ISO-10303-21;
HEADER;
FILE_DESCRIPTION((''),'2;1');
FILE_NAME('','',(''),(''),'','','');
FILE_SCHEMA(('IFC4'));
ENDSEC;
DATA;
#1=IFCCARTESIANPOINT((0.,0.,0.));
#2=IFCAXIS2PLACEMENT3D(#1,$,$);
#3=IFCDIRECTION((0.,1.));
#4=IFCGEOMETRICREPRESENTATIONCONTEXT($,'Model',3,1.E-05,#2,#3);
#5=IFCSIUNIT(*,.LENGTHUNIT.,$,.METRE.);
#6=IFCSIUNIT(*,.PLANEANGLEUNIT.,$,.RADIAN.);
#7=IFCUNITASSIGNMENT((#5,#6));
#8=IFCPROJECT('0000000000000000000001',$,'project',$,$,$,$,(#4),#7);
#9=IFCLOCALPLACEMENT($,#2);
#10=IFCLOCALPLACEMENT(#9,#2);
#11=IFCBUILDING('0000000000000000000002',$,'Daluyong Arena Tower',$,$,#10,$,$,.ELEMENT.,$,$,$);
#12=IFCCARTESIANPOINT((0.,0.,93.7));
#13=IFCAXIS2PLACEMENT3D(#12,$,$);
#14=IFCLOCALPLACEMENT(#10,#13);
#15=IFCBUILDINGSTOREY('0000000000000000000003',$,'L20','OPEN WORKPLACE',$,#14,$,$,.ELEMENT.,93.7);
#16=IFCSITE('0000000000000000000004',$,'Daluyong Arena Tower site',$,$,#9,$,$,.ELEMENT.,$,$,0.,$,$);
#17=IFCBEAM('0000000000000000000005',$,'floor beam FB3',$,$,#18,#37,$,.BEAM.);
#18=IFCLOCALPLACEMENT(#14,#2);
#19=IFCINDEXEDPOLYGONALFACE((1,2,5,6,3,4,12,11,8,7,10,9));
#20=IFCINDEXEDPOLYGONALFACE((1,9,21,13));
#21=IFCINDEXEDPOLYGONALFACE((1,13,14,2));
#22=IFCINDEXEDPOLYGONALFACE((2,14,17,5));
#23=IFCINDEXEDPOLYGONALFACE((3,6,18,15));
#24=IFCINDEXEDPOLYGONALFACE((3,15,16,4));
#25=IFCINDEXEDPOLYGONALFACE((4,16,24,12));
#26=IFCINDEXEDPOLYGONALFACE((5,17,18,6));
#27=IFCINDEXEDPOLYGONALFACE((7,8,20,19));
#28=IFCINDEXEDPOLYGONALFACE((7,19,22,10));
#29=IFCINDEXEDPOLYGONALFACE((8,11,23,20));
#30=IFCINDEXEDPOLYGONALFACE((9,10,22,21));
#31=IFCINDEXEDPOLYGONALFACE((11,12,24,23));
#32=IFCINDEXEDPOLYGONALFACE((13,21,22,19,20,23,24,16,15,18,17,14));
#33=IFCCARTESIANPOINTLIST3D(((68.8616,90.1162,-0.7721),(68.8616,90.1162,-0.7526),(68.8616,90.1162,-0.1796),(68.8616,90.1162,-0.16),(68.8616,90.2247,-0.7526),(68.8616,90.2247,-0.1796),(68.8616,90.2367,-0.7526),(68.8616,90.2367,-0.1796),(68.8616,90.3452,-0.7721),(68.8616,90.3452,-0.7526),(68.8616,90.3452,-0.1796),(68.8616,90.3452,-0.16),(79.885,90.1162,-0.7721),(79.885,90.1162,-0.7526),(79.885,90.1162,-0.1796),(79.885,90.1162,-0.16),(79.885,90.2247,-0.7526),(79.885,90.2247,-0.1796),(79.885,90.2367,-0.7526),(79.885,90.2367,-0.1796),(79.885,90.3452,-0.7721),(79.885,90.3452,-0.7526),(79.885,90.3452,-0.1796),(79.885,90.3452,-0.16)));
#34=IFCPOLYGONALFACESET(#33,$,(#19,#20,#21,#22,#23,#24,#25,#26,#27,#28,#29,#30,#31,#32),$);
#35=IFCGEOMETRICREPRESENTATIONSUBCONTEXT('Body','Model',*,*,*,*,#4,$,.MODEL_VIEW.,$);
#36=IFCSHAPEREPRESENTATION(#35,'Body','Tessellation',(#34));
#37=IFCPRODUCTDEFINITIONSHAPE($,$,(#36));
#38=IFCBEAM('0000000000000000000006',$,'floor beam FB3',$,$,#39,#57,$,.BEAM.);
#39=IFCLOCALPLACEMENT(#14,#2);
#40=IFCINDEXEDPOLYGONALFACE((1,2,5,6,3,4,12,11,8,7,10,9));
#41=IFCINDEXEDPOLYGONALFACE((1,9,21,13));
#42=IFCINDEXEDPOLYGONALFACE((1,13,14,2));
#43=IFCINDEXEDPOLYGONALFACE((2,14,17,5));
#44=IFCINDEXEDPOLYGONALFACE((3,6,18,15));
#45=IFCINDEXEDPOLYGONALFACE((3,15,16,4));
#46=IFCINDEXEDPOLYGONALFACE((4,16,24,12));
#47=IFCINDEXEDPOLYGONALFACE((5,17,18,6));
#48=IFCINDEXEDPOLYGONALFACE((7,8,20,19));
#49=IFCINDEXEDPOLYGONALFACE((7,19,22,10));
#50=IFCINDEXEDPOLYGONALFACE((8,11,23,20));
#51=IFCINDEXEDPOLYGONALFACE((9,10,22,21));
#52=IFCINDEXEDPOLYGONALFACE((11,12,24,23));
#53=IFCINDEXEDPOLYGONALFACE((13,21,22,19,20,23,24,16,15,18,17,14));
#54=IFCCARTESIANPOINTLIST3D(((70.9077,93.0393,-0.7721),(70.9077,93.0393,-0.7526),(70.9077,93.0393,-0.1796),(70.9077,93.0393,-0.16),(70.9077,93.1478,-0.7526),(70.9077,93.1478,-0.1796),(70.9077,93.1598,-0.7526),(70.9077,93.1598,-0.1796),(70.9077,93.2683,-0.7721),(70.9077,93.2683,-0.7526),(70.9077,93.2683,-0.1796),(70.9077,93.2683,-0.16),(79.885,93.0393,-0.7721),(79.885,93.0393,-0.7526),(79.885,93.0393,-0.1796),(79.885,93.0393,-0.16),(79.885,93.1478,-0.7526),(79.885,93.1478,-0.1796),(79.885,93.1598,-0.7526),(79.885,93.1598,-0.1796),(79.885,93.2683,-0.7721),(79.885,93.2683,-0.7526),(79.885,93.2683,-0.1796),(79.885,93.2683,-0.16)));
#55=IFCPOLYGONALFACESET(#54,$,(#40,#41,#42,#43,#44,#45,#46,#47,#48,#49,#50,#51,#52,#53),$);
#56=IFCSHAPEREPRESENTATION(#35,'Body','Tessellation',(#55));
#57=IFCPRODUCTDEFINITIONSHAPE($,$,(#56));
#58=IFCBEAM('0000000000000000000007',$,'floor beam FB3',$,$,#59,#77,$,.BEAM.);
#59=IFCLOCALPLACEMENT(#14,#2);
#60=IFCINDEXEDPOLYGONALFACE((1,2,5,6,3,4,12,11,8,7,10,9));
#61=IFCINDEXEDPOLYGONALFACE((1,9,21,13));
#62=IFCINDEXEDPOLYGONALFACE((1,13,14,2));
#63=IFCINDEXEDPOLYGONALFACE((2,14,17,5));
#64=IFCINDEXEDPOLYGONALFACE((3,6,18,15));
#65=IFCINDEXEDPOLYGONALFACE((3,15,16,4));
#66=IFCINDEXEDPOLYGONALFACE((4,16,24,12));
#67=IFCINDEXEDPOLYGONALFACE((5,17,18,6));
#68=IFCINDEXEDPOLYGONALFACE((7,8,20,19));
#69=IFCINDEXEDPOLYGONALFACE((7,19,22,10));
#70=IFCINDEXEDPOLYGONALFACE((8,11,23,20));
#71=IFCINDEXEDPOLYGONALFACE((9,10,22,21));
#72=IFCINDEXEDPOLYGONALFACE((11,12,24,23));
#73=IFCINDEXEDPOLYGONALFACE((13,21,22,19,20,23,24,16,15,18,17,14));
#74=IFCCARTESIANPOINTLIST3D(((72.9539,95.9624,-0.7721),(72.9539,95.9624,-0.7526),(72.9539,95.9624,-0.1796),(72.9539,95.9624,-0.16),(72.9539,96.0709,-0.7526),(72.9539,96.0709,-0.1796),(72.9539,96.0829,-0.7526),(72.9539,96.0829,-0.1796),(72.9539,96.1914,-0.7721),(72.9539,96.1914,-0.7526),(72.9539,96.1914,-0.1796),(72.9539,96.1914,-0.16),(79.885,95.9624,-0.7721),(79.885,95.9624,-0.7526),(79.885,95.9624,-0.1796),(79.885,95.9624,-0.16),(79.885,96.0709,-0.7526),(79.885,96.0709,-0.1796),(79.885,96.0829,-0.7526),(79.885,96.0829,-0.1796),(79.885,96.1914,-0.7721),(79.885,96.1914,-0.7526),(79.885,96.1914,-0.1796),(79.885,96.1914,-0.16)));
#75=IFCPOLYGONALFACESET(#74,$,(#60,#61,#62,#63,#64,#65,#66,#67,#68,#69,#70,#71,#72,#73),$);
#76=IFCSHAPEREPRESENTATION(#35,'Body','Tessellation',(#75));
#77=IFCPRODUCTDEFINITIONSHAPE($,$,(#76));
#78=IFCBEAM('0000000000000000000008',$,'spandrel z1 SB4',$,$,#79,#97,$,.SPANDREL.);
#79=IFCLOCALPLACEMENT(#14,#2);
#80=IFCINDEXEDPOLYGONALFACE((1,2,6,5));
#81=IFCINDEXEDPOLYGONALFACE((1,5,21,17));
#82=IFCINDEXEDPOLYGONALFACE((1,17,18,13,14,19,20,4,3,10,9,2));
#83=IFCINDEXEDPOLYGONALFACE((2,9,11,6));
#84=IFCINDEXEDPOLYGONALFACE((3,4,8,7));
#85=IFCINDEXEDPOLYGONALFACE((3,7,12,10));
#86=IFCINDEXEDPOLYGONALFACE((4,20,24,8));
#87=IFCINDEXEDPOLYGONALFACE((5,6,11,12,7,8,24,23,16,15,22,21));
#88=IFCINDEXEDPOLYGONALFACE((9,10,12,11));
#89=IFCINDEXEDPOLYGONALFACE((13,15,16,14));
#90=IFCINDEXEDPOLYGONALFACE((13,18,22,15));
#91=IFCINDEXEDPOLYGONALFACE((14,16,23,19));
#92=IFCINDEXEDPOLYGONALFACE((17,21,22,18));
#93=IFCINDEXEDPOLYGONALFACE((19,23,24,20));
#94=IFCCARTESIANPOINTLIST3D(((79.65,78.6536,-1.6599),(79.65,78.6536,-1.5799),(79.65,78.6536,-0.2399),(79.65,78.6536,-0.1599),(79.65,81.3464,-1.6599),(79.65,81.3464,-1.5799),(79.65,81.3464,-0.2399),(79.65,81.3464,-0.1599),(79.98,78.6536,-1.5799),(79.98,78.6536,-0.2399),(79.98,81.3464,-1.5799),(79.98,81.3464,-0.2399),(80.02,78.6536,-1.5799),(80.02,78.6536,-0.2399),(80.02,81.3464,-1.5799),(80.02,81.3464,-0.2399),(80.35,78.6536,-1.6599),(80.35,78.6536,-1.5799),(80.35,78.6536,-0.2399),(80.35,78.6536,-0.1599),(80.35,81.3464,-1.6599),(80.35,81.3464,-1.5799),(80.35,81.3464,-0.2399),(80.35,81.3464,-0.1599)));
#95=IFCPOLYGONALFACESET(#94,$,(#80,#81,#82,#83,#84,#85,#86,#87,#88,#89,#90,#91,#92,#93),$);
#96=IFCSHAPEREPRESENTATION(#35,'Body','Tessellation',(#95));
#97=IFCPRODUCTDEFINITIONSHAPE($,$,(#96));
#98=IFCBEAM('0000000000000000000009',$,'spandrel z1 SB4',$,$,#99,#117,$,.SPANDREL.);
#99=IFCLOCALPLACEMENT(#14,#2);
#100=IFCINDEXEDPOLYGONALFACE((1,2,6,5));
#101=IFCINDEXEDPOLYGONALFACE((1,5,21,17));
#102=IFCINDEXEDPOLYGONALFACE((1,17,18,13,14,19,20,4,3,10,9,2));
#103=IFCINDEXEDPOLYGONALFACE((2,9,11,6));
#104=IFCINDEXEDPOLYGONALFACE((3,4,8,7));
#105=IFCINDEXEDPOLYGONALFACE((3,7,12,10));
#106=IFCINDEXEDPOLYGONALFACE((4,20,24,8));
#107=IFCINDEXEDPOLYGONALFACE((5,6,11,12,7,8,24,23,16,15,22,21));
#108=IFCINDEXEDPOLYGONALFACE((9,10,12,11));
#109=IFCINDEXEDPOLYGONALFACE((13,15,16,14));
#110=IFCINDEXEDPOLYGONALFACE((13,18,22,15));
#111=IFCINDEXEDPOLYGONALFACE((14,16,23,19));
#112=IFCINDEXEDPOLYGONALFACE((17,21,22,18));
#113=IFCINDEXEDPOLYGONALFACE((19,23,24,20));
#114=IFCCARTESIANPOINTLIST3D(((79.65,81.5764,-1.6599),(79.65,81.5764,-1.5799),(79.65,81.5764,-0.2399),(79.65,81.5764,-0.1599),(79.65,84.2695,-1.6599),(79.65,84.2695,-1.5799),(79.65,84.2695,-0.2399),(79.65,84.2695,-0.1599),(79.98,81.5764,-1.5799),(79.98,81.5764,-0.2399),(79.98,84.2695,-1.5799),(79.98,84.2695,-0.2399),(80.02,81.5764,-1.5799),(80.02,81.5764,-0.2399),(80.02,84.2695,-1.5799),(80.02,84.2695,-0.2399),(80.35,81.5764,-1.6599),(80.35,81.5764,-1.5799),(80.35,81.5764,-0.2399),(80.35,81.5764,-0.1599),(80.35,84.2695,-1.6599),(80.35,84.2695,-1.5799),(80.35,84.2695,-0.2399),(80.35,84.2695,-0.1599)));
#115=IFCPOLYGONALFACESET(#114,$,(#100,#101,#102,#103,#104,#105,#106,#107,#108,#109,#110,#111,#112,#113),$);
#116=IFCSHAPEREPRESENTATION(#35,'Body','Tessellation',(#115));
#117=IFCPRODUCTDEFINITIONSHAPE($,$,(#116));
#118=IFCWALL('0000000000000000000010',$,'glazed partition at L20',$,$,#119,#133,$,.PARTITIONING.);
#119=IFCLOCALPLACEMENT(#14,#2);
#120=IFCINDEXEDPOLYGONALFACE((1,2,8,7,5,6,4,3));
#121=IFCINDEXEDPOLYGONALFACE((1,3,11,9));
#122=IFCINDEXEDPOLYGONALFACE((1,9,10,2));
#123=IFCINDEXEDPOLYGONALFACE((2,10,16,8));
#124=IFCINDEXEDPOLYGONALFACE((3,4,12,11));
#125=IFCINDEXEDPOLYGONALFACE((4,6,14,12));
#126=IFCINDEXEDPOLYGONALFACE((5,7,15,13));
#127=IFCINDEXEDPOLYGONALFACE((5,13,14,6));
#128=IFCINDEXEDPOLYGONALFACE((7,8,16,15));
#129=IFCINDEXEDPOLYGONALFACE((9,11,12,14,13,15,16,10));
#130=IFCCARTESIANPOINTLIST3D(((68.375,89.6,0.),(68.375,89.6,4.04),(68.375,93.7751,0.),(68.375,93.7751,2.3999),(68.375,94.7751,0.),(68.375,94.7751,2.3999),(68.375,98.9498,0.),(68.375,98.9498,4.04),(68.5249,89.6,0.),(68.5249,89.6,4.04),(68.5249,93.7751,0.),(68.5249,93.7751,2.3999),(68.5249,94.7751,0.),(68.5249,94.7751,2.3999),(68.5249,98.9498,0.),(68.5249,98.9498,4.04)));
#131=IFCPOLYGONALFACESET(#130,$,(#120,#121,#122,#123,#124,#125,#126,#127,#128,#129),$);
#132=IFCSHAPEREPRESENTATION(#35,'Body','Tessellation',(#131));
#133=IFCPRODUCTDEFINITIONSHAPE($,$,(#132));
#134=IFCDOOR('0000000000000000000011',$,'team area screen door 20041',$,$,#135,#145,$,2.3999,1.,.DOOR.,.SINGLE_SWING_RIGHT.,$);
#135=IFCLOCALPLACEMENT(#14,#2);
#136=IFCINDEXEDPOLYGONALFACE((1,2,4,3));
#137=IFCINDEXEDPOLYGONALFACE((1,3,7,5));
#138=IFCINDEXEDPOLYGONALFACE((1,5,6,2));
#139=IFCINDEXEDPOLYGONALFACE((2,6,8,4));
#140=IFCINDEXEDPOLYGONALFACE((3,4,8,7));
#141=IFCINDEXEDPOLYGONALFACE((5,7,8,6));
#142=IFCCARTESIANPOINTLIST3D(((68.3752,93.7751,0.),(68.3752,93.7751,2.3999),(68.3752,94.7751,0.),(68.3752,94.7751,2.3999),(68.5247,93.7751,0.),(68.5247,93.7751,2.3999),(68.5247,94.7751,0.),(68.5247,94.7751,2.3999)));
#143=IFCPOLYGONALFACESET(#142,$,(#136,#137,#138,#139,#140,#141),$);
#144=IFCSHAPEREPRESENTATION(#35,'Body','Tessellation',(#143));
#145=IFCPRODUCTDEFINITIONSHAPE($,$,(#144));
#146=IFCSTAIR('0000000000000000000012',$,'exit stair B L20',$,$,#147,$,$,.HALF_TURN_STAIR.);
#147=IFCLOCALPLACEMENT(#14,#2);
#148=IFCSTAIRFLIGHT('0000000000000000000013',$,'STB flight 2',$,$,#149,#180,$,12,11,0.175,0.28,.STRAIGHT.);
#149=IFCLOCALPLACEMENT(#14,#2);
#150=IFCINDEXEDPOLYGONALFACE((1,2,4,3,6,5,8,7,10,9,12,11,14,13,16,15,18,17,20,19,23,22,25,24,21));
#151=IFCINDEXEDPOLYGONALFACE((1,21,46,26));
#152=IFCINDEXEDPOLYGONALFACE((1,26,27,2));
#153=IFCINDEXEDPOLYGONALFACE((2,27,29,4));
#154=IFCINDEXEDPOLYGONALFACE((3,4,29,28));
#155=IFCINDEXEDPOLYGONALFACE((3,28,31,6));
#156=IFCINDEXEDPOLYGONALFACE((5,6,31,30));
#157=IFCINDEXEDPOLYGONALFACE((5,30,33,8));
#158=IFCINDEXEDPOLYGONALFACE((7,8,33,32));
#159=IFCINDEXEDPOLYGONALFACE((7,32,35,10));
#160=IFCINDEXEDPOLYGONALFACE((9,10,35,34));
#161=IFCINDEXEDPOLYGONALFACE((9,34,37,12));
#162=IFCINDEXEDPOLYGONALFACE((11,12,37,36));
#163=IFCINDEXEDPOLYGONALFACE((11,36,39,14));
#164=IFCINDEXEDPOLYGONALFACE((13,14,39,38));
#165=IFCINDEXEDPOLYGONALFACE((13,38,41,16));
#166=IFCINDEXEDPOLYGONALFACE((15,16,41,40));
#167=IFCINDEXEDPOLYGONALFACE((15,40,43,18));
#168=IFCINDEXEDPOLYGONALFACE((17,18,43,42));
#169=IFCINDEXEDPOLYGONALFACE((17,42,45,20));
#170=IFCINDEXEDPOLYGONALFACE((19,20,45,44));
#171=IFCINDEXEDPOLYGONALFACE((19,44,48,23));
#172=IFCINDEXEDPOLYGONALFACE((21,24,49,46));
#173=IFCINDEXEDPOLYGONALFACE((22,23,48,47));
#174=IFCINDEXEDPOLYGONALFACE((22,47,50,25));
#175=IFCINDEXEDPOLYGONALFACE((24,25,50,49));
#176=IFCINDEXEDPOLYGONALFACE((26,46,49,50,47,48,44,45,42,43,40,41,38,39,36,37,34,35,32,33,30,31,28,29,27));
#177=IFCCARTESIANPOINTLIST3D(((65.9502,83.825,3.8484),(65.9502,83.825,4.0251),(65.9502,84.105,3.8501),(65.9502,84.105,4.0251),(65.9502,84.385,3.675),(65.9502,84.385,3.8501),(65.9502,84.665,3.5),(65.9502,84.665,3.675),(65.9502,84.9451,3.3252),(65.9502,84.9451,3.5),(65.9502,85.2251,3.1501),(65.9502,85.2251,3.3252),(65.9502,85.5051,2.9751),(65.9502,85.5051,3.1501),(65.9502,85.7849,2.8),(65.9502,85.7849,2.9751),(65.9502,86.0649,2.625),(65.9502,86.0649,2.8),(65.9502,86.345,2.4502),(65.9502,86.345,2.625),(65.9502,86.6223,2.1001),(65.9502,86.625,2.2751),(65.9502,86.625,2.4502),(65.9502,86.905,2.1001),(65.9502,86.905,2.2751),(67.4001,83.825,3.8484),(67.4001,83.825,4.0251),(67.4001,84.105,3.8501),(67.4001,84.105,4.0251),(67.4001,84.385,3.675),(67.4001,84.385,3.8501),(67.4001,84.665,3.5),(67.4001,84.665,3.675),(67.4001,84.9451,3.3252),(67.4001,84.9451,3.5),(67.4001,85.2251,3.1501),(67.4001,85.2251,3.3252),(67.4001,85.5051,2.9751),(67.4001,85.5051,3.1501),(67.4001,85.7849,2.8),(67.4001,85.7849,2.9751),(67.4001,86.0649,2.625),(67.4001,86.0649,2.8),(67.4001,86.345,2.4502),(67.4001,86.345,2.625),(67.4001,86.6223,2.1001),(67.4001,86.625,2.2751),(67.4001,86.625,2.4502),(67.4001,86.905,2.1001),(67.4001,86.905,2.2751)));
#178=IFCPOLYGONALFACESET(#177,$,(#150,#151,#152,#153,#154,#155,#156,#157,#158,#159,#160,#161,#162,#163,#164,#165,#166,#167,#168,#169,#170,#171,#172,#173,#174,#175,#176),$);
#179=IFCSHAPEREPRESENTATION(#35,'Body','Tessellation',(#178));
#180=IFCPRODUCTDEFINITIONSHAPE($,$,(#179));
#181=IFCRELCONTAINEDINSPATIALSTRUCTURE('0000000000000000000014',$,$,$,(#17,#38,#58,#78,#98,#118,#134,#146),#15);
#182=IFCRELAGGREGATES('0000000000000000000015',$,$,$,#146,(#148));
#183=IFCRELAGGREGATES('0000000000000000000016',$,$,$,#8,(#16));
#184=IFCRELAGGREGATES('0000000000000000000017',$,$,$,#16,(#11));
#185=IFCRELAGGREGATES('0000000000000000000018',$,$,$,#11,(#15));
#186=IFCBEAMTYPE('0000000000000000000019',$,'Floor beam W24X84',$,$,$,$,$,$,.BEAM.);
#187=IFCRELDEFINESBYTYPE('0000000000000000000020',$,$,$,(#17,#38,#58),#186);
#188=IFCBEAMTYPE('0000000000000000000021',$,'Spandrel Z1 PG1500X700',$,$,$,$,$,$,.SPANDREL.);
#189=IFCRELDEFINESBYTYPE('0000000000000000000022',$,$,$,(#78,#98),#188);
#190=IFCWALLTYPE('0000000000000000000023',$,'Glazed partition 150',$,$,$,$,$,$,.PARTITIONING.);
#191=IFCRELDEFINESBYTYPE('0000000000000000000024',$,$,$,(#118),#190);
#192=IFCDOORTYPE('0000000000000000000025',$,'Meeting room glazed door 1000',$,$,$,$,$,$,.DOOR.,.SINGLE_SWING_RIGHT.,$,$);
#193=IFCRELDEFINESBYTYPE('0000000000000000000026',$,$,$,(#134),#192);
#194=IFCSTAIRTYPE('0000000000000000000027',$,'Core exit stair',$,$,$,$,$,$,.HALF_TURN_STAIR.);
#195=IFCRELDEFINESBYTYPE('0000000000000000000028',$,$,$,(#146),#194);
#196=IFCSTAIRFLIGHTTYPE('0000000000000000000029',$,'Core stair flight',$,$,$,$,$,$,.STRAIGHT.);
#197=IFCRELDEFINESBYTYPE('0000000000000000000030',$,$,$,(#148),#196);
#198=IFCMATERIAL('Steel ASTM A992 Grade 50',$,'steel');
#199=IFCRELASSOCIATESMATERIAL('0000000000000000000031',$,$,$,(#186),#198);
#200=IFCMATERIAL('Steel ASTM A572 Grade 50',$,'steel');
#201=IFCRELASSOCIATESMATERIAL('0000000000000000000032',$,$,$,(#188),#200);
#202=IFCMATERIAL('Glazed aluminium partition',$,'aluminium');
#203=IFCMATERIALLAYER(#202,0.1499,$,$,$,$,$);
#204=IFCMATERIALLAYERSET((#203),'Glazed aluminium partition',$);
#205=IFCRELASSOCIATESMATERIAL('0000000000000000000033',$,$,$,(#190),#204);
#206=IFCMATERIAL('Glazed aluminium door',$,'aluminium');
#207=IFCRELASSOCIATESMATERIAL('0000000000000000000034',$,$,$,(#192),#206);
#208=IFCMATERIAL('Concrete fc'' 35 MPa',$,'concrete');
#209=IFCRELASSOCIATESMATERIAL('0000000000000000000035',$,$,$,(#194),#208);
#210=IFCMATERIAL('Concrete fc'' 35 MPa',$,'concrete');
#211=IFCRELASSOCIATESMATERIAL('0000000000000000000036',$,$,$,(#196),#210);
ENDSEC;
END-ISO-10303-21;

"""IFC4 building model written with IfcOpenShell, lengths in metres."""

from ifc_helpers import new_model, si_unit, direction, frame, frame_2d, origin, origin_2d, place, context, subcontext, project, spatial, polyline, rectangle, i_section, outline, extrude, material, layer, layer_set, material_profile, profile_set, type_object, element, fill, aggregate, save


model = new_model("IFC4")

# Units and contexts
model_context = context("Model", 3, precision=1e-05, world=origin(), true_north=direction((0.0, 1.0)))
body_context = subcontext(model_context, "Body", "Model", "MODEL_VIEW")
ifc_project = project(units=[si_unit("LENGTHUNIT", "METRE"), si_unit("PLANEANGLEUNIT", "RADIAN")], contexts=[model_context])

# Site, building, storey
site_placement = place(None, origin())
site = spatial("IfcSite", under=ifc_project, at=site_placement, Name="Daluyong Arena Tower site", CompositionType="ELEMENT", RefElevation=0.0)
building_placement = place(site_placement, origin())
building = spatial("IfcBuilding", under=site, at=building_placement, Name="Daluyong Arena Tower", CompositionType="ELEMENT")
storey_placement = place(building_placement, frame((0.0, 0.0, 93.7)))
storey = spatial("IfcBuildingStorey", under=building, at=storey_placement, Name="L20", Description="OPEN WORKPLACE", CompositionType="ELEMENT", Elevation=93.7)

# Beams
ifc_material_1 = material(Name="Steel ASTM A992 Grade 50", Category="steel")
ifc_material_profile_1 = material_profile(ifc_material_1, i_section(OverallWidth=0.229, OverallDepth=0.6121, WebThickness=0.012, FlangeThickness=0.0195, at=origin_2d()))
ifc_profile_set_1 = profile_set([ifc_material_profile_1], Name="Steel ASTM A992 Grade 50")
beam_type_1 = type_object("IfcBeamType", Name="Floor beam W24X84", PredefinedType="BEAM", material=ifc_profile_set_1)
beam_1_placement = place(storey_placement, frame((79.885, 90.2307, -0.4661), z_axis=(-1.0, 0.0, 0.0), x_axis=(0.0, -1.0, 0.0)))
element("IfcBeam", 1, at=beam_1_placement, inside=storey, type_object=beam_type_1, Name="floor beam FB3", PredefinedType="BEAM", context=body_context, shape_type="SweptSolid", body=[
    extrude(i_section(OverallWidth=0.229, OverallDepth=0.6121, WebThickness=0.012, FlangeThickness=0.0195, at=origin_2d()), origin(), (0.0, 0.0, 1.0), 11.0234),
])
beam_2_placement = place(storey_placement, frame((79.885, 93.1538, -0.4661), z_axis=(-1.0, 0.0, 0.0), x_axis=(0.0, -1.0, 0.0)))
element("IfcBeam", 2, at=beam_2_placement, inside=storey, type_object=beam_type_1, Name="floor beam FB3", PredefinedType="BEAM", context=body_context, shape_type="SweptSolid", body=[
    extrude(i_section(OverallWidth=0.229, OverallDepth=0.6121, WebThickness=0.012, FlangeThickness=0.0195, at=origin_2d()), origin(), (0.0, 0.0, 1.0), 8.9773),
])
beam_3_placement = place(storey_placement, frame((79.885, 96.0769, -0.4661), z_axis=(-1.0, 0.0, 0.0), x_axis=(0.0, -1.0, 0.0)))
element("IfcBeam", 3, at=beam_3_placement, inside=storey, type_object=beam_type_1, Name="floor beam FB3", PredefinedType="BEAM", context=body_context, shape_type="SweptSolid", body=[
    extrude(i_section(OverallWidth=0.229, OverallDepth=0.6121, WebThickness=0.012, FlangeThickness=0.0195, at=origin_2d()), origin(), (0.0, 0.0, 1.0), 6.9312),
])
ifc_material_2 = material(Name="Steel ASTM A572 Grade 50", Category="steel")
ifc_material_profile_2 = material_profile(ifc_material_2, i_section(OverallWidth=0.7, OverallDepth=1.5, WebThickness=0.04, FlangeThickness=0.08, at=origin_2d()))
ifc_profile_set_2 = profile_set([ifc_material_profile_2], Name="Steel ASTM A572 Grade 50")
beam_type_2 = type_object("IfcBeamType", Name="Spandrel Z1 PG1500X700", PredefinedType="SPANDREL", material=ifc_profile_set_2)
beam_4_placement = place(storey_placement, frame((80.0, 78.6536, -0.9099), z_axis=(0.0, 1.0, 0.0), x_axis=(-1.0, 0.0, 0.0)))
element("IfcBeam", 4, at=beam_4_placement, inside=storey, type_object=beam_type_2, Name="spandrel z1 SB4", PredefinedType="SPANDREL", context=body_context, shape_type="SweptSolid", body=[
    extrude(i_section(OverallWidth=0.7, OverallDepth=1.5, WebThickness=0.04, FlangeThickness=0.08, at=origin_2d()), origin(), (0.0, 0.0, 1.0), 2.6929),
])
beam_5_placement = place(storey_placement, frame((80.0, 81.5764, -0.9099), z_axis=(0.0, 1.0, 0.0), x_axis=(-1.0, 0.0, 0.0)))
element("IfcBeam", 5, at=beam_5_placement, inside=storey, type_object=beam_type_2, Name="spandrel z1 SB4", PredefinedType="SPANDREL", context=body_context, shape_type="SweptSolid", body=[
    extrude(i_section(OverallWidth=0.7, OverallDepth=1.5, WebThickness=0.04, FlangeThickness=0.08, at=origin_2d()), origin(), (0.0, 0.0, 1.0), 2.6931),
])

# Wall, opening, door
ifc_material_3 = material(Name="Glazed aluminium partition", Category="aluminium")
ifc_layer = layer(ifc_material_3, 0.1499)
ifc_layer_set = layer_set([ifc_layer], Name="Glazed aluminium partition")
wall_type = type_object("IfcWallType", Name="Glazed partition 150", PredefinedType="PARTITIONING", material=ifc_layer_set)
wall_placement = place(storey_placement, frame((68.45, 89.6001, 0.0), z_axis=(0.0, 0.0, 1.0), x_axis=(0.0, 1.0, 0.0)))
wall = element("IfcWall", 6, at=wall_placement, inside=storey, type_object=wall_type, Name="glazed partition at L20", PredefinedType="PARTITIONING", context=body_context, shape_type="SweptSolid", body=[
    extrude(rectangle(XDim=9.3499, YDim=0.1499, at=frame_2d((4.6748, 0.0))), origin(), (0.0, 0.0, 1.0), 4.04),
])
opening_placement = place(wall_placement, frame((4.175, 0.0, 0.0)))
opening = element("IfcOpeningElement", 7, at=opening_placement, cuts=wall, PredefinedType="OPENING", context=body_context, shape_type="SweptSolid", body=[
    extrude(rectangle(XDim=1.0, YDim=2.3999, at=frame_2d((0.5, 1.2))), frame((0.0, 0.085, 0.0), z_axis=(0.0, -1.0, 0.0), x_axis=(1.0, 0.0, 0.0)), (0.0, 0.0, 1.0), 0.1699),
])
ifc_material_4 = material(Name="Glazed aluminium door", Category="aluminium")
door_type = type_object("IfcDoorType", Name="Meeting room glazed door 1000", OperationType="SINGLE_SWING_RIGHT", PredefinedType="DOOR", material=ifc_material_4)
door_placement = place(opening_placement, origin())
door = element("IfcDoor", 8, at=door_placement, inside=storey, type_object=door_type, Name="team area screen door 20041", OperationType="SINGLE_SWING_RIGHT", OverallHeight=2.3999, OverallWidth=1.0, PredefinedType="DOOR", context=body_context, shape_type="SweptSolid", body=[
    extrude(rectangle(XDim=1.0, YDim=2.3999, at=frame_2d((0.5, 1.2))), frame((0.0, 0.0747, 0.0), z_axis=(0.0, -1.0, 0.0), x_axis=(1.0, 0.0, 0.0)), (0.0, 0.0, 1.0), 0.1494),
])
fill(opening, door)

# Stair, stair flight
ifc_material_5 = material(Name="Concrete fc' 35 MPa", Category="concrete")
stair_type = type_object("IfcStairType", Name="Core exit stair", PredefinedType="HALF_TURN_STAIR", material=ifc_material_5)
stair_placement = place(storey_placement, origin())
stair = element("IfcStair", 9, at=stair_placement, inside=storey, type_object=stair_type, Name="exit stair B L20", PredefinedType="HALF_TURN_STAIR")
ifc_material_6 = material(Name="Concrete fc' 35 MPa", Category="concrete")
stair_flight_type = type_object("IfcStairFlightType", Name="Core stair flight", PredefinedType="STRAIGHT", material=ifc_material_6)
stair_flight_placement = place(storey_placement, frame((66.675, 86.905, 2.1001), z_axis=(0.0, 0.0, 1.0), x_axis=(0.0, -1.0, 0.0)))
stair_flight = element("IfcStairFlight", 10, at=stair_flight_placement, type_object=stair_flight_type, Name="STB flight 2", NumberOfRisers=12, NumberOfTreads=11, PredefinedType="STRAIGHT", RiserHeight=0.175, TreadLength=0.28, context=body_context, shape_type="SweptSolid", body=[
    extrude(outline(polyline([(0.0, 0.0), (0.0, 0.175), (0.28, 0.175), (0.28, 0.3501), (0.5601, 0.3501), (0.5601, 0.5249), (0.8401, 0.5249), (0.8401, 0.7), (1.1201, 0.7), (1.1201, 0.875), (1.3999, 0.875), (1.3999, 1.05), (1.6799, 1.05), (1.6799, 1.2251), (1.96, 1.2251), (1.96, 1.3999), (2.24, 1.3999), (2.24, 1.575), (2.52, 1.575), (2.52, 1.75), (2.8, 1.75), (2.8, 1.925), (3.0801, 1.925), (3.0801, 2.1001), (3.0801, 1.7483), (0.2827, 0.0), (0.0, 0.0)])), frame((0.0, 0.7251, 0.0), z_axis=(0.0, -1.0, 0.0), x_axis=(1.0, 0.0, 0.0)), (0.0, 0.0, 1.0), 1.45),
])
aggregate(stair, [stair_flight])

save(model, "model.ifc")
